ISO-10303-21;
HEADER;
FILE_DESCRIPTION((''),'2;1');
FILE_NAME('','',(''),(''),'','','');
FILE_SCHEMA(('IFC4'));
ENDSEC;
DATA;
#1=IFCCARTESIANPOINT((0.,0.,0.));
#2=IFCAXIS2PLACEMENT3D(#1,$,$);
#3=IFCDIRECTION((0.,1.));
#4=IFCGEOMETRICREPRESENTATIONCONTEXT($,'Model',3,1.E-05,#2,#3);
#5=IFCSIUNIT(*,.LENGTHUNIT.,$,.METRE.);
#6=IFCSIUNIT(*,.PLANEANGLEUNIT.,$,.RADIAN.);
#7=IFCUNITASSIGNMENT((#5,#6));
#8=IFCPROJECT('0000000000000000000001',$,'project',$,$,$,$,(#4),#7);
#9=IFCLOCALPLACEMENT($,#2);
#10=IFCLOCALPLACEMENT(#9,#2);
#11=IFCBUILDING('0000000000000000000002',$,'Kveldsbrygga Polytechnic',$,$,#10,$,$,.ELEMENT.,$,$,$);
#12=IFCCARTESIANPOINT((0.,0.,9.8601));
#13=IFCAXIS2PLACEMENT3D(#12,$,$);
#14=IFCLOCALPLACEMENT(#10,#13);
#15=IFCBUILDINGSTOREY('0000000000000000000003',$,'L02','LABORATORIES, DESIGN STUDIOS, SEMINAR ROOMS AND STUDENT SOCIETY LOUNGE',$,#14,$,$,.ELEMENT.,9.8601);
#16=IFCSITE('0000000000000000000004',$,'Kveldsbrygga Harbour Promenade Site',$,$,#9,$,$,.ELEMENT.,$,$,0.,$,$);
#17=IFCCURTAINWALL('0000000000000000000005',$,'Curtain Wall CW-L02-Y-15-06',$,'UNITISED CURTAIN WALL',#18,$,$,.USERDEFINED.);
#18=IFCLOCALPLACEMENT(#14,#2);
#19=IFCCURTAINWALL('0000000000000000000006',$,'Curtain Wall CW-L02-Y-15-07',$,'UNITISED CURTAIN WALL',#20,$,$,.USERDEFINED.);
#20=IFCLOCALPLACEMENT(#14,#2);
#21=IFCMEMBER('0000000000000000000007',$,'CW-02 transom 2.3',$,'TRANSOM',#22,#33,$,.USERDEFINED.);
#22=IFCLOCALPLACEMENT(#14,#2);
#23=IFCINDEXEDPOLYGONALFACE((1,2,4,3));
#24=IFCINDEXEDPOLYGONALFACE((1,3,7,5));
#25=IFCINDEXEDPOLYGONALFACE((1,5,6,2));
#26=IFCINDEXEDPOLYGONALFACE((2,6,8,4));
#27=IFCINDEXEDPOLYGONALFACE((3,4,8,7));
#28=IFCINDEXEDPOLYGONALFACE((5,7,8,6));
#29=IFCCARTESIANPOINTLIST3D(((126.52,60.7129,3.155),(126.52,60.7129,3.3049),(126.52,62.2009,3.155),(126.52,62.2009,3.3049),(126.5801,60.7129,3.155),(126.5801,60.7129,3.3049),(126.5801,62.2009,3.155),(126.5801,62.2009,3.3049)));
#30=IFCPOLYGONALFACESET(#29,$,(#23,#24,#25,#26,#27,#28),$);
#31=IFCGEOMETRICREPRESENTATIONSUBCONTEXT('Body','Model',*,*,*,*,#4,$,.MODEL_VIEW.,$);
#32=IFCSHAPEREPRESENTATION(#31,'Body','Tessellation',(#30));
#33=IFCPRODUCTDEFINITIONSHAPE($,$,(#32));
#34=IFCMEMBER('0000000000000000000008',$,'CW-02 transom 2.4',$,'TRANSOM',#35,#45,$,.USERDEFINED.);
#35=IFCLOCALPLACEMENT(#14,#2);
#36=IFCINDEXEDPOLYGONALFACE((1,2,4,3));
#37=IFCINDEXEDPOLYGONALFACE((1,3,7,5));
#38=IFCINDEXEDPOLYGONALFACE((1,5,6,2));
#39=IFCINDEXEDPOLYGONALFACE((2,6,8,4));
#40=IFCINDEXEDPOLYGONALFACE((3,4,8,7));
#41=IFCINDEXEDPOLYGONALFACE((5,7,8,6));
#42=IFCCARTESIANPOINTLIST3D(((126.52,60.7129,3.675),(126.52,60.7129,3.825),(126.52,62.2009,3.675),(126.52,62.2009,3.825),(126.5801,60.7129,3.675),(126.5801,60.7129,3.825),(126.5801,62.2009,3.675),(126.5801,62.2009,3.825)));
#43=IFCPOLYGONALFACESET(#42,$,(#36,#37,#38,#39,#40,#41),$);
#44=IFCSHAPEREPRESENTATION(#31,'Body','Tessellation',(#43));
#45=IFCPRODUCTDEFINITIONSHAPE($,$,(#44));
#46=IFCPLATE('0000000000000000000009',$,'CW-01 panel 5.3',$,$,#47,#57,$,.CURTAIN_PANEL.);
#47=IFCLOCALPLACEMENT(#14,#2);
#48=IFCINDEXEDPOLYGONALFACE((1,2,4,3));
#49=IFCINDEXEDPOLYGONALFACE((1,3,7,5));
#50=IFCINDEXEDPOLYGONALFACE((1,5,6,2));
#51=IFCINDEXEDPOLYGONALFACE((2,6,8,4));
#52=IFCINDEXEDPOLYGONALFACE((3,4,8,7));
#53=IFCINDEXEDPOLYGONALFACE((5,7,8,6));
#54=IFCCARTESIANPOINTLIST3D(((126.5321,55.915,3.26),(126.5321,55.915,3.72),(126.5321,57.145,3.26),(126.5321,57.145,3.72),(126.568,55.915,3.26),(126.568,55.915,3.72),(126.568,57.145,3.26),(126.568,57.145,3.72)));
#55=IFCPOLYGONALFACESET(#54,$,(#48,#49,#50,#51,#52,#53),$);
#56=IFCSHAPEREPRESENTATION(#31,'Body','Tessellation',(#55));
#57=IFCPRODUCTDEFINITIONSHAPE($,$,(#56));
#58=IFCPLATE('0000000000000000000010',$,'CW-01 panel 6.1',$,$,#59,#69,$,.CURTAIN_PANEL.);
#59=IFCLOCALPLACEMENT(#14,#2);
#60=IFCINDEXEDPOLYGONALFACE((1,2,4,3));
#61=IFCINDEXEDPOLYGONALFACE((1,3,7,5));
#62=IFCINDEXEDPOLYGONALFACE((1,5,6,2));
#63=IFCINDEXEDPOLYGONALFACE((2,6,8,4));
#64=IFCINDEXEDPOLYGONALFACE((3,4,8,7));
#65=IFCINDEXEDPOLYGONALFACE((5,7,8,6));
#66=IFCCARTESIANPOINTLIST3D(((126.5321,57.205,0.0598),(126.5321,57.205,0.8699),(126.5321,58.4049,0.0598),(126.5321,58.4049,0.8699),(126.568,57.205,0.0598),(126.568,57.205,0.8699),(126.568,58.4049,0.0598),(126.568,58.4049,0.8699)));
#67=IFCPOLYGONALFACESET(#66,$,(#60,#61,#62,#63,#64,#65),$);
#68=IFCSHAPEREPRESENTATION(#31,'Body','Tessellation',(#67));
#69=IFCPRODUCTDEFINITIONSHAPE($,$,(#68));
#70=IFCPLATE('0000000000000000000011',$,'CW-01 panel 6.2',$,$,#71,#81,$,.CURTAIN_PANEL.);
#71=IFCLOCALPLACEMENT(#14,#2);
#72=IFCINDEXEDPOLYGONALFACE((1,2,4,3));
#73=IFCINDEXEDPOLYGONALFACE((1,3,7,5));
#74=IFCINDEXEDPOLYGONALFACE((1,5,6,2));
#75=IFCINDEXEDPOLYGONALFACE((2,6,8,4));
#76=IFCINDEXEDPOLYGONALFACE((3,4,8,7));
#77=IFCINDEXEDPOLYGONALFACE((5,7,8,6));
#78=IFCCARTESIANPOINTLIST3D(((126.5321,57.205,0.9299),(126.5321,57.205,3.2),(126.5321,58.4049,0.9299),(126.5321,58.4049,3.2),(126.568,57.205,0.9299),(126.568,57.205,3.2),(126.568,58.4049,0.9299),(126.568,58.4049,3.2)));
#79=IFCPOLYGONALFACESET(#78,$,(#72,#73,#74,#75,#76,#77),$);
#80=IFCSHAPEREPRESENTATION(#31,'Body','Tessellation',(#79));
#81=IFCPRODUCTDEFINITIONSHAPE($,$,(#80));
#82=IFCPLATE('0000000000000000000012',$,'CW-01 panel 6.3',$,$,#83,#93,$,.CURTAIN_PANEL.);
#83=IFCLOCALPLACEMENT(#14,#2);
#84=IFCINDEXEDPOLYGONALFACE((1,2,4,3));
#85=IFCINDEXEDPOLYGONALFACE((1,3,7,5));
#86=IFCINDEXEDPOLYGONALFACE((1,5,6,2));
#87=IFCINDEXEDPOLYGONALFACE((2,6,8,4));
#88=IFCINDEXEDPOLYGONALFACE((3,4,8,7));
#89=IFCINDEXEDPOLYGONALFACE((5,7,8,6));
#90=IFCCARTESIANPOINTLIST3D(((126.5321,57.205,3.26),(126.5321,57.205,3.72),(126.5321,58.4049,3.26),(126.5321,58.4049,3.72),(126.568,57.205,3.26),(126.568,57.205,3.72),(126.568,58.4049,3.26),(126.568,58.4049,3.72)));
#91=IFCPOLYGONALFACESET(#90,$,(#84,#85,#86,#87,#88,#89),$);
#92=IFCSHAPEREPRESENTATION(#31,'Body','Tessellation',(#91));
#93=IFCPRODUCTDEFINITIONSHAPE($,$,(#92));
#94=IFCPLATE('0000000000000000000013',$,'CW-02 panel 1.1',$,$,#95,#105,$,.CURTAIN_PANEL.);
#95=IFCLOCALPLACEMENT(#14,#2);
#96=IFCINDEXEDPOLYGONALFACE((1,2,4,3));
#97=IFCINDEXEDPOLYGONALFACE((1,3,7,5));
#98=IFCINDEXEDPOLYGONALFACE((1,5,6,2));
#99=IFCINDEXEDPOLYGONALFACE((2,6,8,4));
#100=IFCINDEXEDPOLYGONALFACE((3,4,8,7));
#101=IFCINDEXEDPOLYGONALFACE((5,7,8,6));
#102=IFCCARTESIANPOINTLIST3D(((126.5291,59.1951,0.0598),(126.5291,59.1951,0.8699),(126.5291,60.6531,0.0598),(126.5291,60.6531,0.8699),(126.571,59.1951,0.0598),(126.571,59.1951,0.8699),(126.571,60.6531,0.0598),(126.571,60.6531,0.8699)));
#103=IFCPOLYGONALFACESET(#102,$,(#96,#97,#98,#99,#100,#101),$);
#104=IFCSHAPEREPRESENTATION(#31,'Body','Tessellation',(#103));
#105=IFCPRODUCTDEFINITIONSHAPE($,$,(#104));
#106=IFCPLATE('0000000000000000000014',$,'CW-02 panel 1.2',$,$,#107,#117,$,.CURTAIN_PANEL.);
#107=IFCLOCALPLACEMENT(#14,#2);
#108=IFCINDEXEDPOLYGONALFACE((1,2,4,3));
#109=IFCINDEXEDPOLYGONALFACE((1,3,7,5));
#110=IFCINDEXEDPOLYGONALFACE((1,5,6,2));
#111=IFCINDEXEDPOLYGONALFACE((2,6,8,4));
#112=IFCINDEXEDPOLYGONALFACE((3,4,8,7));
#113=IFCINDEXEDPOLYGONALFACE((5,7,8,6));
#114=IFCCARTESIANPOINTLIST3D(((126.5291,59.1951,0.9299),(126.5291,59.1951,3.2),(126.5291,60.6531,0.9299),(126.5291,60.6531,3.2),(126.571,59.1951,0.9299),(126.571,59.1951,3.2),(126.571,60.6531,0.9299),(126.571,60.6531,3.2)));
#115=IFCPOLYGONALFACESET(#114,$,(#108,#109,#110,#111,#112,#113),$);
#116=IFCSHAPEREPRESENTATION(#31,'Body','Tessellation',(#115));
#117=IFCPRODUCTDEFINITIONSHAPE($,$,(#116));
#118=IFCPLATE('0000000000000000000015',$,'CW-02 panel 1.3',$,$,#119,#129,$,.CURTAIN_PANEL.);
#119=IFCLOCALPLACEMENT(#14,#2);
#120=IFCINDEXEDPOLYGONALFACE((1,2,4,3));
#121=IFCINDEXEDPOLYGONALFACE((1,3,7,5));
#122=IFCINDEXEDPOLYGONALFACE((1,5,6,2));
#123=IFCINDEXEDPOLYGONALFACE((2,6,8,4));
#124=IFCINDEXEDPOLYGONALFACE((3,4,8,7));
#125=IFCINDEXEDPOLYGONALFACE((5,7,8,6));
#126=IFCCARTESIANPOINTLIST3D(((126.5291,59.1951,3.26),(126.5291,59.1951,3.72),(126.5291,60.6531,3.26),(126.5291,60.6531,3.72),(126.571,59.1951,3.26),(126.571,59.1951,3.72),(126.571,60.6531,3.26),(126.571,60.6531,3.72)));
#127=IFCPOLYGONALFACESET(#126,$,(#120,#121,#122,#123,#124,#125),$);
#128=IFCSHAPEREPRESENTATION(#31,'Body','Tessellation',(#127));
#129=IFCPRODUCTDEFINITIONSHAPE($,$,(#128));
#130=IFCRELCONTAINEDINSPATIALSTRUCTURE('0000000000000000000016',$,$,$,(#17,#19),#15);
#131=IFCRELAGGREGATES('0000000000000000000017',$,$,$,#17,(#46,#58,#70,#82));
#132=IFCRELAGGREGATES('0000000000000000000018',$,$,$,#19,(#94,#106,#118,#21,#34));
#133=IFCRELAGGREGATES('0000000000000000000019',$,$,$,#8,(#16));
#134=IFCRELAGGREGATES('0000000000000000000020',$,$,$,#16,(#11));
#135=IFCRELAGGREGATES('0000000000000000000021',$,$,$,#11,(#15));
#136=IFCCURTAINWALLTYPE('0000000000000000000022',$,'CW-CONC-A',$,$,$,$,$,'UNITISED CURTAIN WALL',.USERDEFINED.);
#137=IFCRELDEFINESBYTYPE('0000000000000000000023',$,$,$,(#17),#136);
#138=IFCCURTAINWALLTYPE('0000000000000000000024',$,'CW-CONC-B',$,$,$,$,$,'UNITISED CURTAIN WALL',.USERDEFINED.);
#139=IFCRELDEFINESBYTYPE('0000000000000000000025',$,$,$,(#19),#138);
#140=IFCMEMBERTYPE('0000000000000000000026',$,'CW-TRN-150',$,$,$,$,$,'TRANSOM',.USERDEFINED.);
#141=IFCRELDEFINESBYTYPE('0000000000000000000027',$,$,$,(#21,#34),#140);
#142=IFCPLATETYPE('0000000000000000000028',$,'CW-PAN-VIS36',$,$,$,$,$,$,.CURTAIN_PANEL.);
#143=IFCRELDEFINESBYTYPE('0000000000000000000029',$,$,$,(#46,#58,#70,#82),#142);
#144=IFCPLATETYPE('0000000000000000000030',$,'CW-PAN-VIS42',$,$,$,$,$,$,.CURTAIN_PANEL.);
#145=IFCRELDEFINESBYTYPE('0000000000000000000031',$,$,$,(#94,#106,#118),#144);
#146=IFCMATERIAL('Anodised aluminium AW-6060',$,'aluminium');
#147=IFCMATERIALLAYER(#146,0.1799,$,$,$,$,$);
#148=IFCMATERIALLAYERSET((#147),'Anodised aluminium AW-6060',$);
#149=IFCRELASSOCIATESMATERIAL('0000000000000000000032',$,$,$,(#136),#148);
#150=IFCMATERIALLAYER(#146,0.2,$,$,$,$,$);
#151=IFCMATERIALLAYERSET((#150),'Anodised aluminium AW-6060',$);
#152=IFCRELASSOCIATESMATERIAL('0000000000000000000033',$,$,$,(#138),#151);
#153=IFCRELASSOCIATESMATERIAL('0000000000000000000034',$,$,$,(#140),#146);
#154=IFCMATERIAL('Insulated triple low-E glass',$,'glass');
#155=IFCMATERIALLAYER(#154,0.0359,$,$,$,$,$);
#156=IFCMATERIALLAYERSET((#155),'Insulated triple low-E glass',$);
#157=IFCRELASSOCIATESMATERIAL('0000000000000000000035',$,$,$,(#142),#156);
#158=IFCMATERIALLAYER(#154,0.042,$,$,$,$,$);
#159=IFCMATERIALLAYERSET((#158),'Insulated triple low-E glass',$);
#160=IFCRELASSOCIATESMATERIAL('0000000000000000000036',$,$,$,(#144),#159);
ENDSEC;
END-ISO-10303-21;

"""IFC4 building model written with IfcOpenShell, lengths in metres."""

from ifc_helpers import new_model, si_unit, direction, frame, origin, origin_2d, place, context, subcontext, project, spatial, rectangle, extrude, material, layer, layer_set, material_profile, profile_set, type_object, element, aggregate, save


model = new_model("IFC4")

# Units and contexts
model_context = context("Model", 3, precision=1e-05, world=origin(), true_north=direction((0.0, 1.0)))
body_context = subcontext(model_context, "Body", "Model", "MODEL_VIEW")
ifc_project = project(units=[si_unit("LENGTHUNIT", "METRE"), si_unit("PLANEANGLEUNIT", "RADIAN")], contexts=[model_context])

# Site, building, storey
site_placement = place(None, origin())
site = spatial("IfcSite", under=ifc_project, at=site_placement, Name="Kveldsbrygga Harbour Promenade Site", CompositionType="ELEMENT", RefElevation=0.0)
building_placement = place(site_placement, origin())
building = spatial("IfcBuilding", under=site, at=building_placement, Name="Kveldsbrygga Polytechnic", CompositionType="ELEMENT")
storey_placement = place(building_placement, frame((0.0, 0.0, 9.8601)))
storey = spatial("IfcBuildingStorey", under=building, at=storey_placement, Name="L02", Description="LABORATORIES, DESIGN STUDIOS, SEMINAR ROOMS AND STUDENT SOCIETY LOUNGE", CompositionType="ELEMENT", Elevation=9.8601)

# Curtain walls
ifc_material_1 = material(Name="Anodised aluminium AW-6060", Category="aluminium")
ifc_layer_1 = layer(ifc_material_1, 0.1799)
ifc_layer_set_1 = layer_set([ifc_layer_1], Name="Anodised aluminium AW-6060")
curtain_wall_type_1 = type_object("IfcCurtainWallType", Name="CW-CONC-A", ElementType="UNITISED CURTAIN WALL", PredefinedType="USERDEFINED", material=ifc_layer_set_1)
curtain_wall_1_placement = place(storey_placement, origin())
curtain_wall_1 = element("IfcCurtainWall", 1, at=curtain_wall_1_placement, inside=storey, type_object=curtain_wall_type_1, Name="Curtain Wall CW-L02-Y-15-06", ObjectType="UNITISED CURTAIN WALL", PredefinedType="USERDEFINED")
ifc_layer_2 = layer(ifc_material_1, 0.2)
ifc_layer_set_2 = layer_set([ifc_layer_2], Name="Anodised aluminium AW-6060")
curtain_wall_type_2 = type_object("IfcCurtainWallType", Name="CW-CONC-B", ElementType="UNITISED CURTAIN WALL", PredefinedType="USERDEFINED", material=ifc_layer_set_2)
curtain_wall_2_placement = place(storey_placement, origin())
curtain_wall_2 = element("IfcCurtainWall", 2, at=curtain_wall_2_placement, inside=storey, type_object=curtain_wall_type_2, Name="Curtain Wall CW-L02-Y-15-07", ObjectType="UNITISED CURTAIN WALL", PredefinedType="USERDEFINED")

# Members
ifc_material_profile_1 = material_profile(ifc_material_1, rectangle(XDim=0.0601, YDim=0.1499, at=origin_2d()), Name="ALU 60x150")
ifc_profile_set_1 = profile_set([ifc_material_profile_1], Name="Anodised aluminium AW-6060")
member_type_1 = type_object("IfcMemberType", Name="CW-TRN-150", ElementType="TRANSOM", PredefinedType="USERDEFINED", material=ifc_profile_set_1)
member_1_placement = place(storey_placement, frame((126.55, 60.7129, 3.23), z_axis=(0.0, 1.0, 0.0), x_axis=(-1.0, 0.0, 0.0)))
member_1 = element("IfcMember", 3, at=member_1_placement, type_object=member_type_1, Name="CW-02 transom 2.3", ObjectType="TRANSOM", PredefinedType="USERDEFINED", context=body_context, shape_type="SweptSolid", body=[
    extrude(rectangle(XDim=0.0601, YDim=0.1499, at=origin_2d()), origin(), (0.0, 0.0, 1.0), 1.488),
])
member_2_placement = place(storey_placement, frame((126.55, 60.7129, 3.75), z_axis=(0.0, 1.0, 0.0), x_axis=(-1.0, 0.0, 0.0)))
member_2 = element("IfcMember", 4, at=member_2_placement, type_object=member_type_1, Name="CW-02 transom 2.4", ObjectType="TRANSOM", PredefinedType="USERDEFINED", context=body_context, shape_type="SweptSolid", body=[
    extrude(rectangle(XDim=0.0601, YDim=0.1499, at=origin_2d()), origin(), (0.0, 0.0, 1.0), 1.488),
])

# Plates
ifc_material_2 = material(Name="Insulated triple low-E glass", Category="glass")
ifc_layer_3 = layer(ifc_material_2, 0.0359)
ifc_layer_set_3 = layer_set([ifc_layer_3], Name="Insulated triple low-E glass")
plate_type_1 = type_object("IfcPlateType", Name="CW-PAN-VIS36", PredefinedType="CURTAIN_PANEL", material=ifc_layer_set_3)
plate_1_placement = place(storey_placement, frame((126.55, 56.53, 3.26), z_axis=(0.0, 0.0, 1.0), x_axis=(0.0, 1.0, 0.0)))
plate_1 = element("IfcPlate", 5, at=plate_1_placement, type_object=plate_type_1, Name="CW-01 panel 5.3", PredefinedType="CURTAIN_PANEL", context=body_context, shape_type="SweptSolid", body=[
    extrude(rectangle(XDim=1.23, YDim=0.0359, at=origin_2d()), origin(), (0.0, 0.0, 1.0), 0.46),
])
plate_2_placement = place(storey_placement, frame((126.55, 57.8049, 0.0598), z_axis=(0.0, 0.0, 1.0), x_axis=(0.0, 1.0, 0.0)))
plate_2 = element("IfcPlate", 6, at=plate_2_placement, type_object=plate_type_1, Name="CW-01 panel 6.1", PredefinedType="CURTAIN_PANEL", context=body_context, shape_type="SweptSolid", body=[
    extrude(rectangle(XDim=1.2, YDim=0.0359, at=origin_2d()), origin(), (0.0, 0.0, 1.0), 0.8101),
])
plate_3_placement = place(storey_placement, frame((126.55, 57.8049, 0.9299), z_axis=(0.0, 0.0, 1.0), x_axis=(0.0, 1.0, 0.0)))
plate_3 = element("IfcPlate", 7, at=plate_3_placement, type_object=plate_type_1, Name="CW-01 panel 6.2", PredefinedType="CURTAIN_PANEL", context=body_context, shape_type="SweptSolid", body=[
    extrude(rectangle(XDim=1.2, YDim=0.0359, at=origin_2d()), origin(), (0.0, 0.0, 1.0), 2.27),
])
plate_4_placement = place(storey_placement, frame((126.55, 57.8049, 3.26), z_axis=(0.0, 0.0, 1.0), x_axis=(0.0, 1.0, 0.0)))
plate_4 = element("IfcPlate", 8, at=plate_4_placement, type_object=plate_type_1, Name="CW-01 panel 6.3", PredefinedType="CURTAIN_PANEL", context=body_context, shape_type="SweptSolid", body=[
    extrude(rectangle(XDim=1.2, YDim=0.0359, at=origin_2d()), origin(), (0.0, 0.0, 1.0), 0.46),
])
aggregate(curtain_wall_1, [plate_1, plate_2, plate_3, plate_4])
ifc_layer_4 = layer(ifc_material_2, 0.042)
ifc_layer_set_4 = layer_set([ifc_layer_4], Name="Insulated triple low-E glass")
plate_type_2 = type_object("IfcPlateType", Name="CW-PAN-VIS42", PredefinedType="CURTAIN_PANEL", material=ifc_layer_set_4)
plate_5_placement = place(storey_placement, frame((126.55, 59.9241, 0.0598), z_axis=(0.0, 0.0, 1.0), x_axis=(0.0, 1.0, 0.0)))
plate_5 = element("IfcPlate", 9, at=plate_5_placement, type_object=plate_type_2, Name="CW-02 panel 1.1", PredefinedType="CURTAIN_PANEL", context=body_context, shape_type="SweptSolid", body=[
    extrude(rectangle(XDim=1.458, YDim=0.042, at=origin_2d()), origin(), (0.0, 0.0, 1.0), 0.8101),
])
plate_6_placement = place(storey_placement, frame((126.55, 59.9241, 0.9299), z_axis=(0.0, 0.0, 1.0), x_axis=(0.0, 1.0, 0.0)))
plate_6 = element("IfcPlate", 10, at=plate_6_placement, type_object=plate_type_2, Name="CW-02 panel 1.2", PredefinedType="CURTAIN_PANEL", context=body_context, shape_type="SweptSolid", body=[
    extrude(rectangle(XDim=1.458, YDim=0.042, at=origin_2d()), origin(), (0.0, 0.0, 1.0), 2.27),
])
plate_7_placement = place(storey_placement, frame((126.55, 59.9241, 3.26), z_axis=(0.0, 0.0, 1.0), x_axis=(0.0, 1.0, 0.0)))
plate_7 = element("IfcPlate", 11, at=plate_7_placement, type_object=plate_type_2, Name="CW-02 panel 1.3", PredefinedType="CURTAIN_PANEL", context=body_context, shape_type="SweptSolid", body=[
    extrude(rectangle(XDim=1.458, YDim=0.042, at=origin_2d()), origin(), (0.0, 0.0, 1.0), 0.46),
])
aggregate(curtain_wall_2, [plate_5, plate_6, plate_7, member_1, member_2])

save(model, "model.ifc")
